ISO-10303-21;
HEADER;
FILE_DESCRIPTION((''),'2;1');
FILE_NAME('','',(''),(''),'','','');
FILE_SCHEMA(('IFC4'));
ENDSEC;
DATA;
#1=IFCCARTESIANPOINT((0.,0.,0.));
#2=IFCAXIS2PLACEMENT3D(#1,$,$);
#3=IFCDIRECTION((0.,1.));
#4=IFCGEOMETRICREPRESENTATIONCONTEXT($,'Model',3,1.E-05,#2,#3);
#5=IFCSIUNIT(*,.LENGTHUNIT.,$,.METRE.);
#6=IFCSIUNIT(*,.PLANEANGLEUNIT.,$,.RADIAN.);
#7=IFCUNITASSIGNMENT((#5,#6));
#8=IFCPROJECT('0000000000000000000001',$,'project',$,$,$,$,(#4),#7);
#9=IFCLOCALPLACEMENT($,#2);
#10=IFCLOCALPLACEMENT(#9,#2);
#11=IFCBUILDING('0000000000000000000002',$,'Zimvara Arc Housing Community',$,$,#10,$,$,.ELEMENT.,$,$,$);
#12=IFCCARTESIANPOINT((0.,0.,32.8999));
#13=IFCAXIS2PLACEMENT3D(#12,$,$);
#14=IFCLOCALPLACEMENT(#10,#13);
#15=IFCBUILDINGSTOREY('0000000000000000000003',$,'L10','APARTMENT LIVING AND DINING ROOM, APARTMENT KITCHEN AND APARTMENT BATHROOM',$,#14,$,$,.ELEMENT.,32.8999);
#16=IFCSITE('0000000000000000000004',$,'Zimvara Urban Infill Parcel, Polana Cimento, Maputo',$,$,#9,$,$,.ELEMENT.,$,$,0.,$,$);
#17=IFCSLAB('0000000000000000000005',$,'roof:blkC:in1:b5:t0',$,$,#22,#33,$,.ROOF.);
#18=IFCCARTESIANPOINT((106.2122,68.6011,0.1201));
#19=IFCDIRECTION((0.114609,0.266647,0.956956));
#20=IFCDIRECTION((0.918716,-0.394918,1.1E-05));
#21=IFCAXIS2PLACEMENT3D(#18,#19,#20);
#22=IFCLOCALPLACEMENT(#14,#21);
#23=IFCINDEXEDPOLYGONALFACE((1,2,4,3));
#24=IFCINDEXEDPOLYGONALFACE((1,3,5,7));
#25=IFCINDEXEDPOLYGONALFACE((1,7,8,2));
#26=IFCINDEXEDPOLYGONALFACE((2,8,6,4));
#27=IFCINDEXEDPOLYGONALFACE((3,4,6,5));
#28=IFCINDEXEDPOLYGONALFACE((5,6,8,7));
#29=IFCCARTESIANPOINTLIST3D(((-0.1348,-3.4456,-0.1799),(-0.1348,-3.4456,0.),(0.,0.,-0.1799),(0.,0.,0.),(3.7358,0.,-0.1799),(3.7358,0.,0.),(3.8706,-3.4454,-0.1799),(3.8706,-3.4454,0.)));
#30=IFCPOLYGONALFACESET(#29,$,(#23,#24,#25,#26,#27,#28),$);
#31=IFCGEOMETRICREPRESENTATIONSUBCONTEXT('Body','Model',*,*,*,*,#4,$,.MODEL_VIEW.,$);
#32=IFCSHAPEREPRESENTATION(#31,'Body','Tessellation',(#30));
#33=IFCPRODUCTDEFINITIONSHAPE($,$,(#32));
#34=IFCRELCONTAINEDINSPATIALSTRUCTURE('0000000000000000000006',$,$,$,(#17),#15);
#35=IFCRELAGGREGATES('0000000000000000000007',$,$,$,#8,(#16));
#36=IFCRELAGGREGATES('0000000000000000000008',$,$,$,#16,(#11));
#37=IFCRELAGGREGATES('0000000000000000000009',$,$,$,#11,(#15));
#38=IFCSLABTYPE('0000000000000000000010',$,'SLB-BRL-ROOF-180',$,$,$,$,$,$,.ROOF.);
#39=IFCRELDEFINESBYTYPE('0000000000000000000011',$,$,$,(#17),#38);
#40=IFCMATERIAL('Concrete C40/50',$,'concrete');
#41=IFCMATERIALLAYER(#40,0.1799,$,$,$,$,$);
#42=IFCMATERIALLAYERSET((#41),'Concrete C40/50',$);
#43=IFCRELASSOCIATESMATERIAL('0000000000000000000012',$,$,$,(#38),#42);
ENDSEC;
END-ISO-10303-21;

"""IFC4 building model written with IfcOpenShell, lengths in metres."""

from ifc_helpers import new_model, si_unit, direction, frame, origin, place, context, subcontext, project, spatial, polyline, outline, extrude, material, layer, layer_set, type_object, element, save


model = new_model("IFC4")

# Units and contexts
model_context = context("Model", 3, precision=1e-05, world=origin(), true_north=direction((0.0, 1.0)))
body_context = subcontext(model_context, "Body", "Model", "MODEL_VIEW")
ifc_project = project(units=[si_unit("LENGTHUNIT", "METRE"), si_unit("PLANEANGLEUNIT", "RADIAN")], contexts=[model_context])

# Site, building, storey
site_placement = place(None, origin())
site = spatial("IfcSite", under=ifc_project, at=site_placement, Name="Zimvara Urban Infill Parcel, Polana Cimento, Maputo", CompositionType="ELEMENT", RefElevation=0.0)
building_placement = place(site_placement, origin())
building = spatial("IfcBuilding", under=site, at=building_placement, Name="Zimvara Arc Housing Community", CompositionType="ELEMENT")
storey_placement = place(building_placement, frame((0.0, 0.0, 32.8999)))
storey = spatial("IfcBuildingStorey", under=building, at=storey_placement, Name="L10", Description="APARTMENT LIVING AND DINING ROOM, APARTMENT KITCHEN AND APARTMENT BATHROOM", CompositionType="ELEMENT", Elevation=32.8999)

# Slab
ifc_material_1 = material(Name="Concrete C40/50", Category="concrete")
ifc_layer_1 = layer(ifc_material_1, 0.1799)
ifc_layer_set_1 = layer_set([ifc_layer_1], Name="Concrete C40/50")
slab_type = type_object("IfcSlabType", Name="SLB-BRL-ROOF-180", PredefinedType="ROOF", material=ifc_layer_set_1)
slab_1_placement = place(storey_placement, frame((106.2122, 68.6011, 0.1201), z_axis=(0.114609, 0.266647, 0.956956), x_axis=(0.918716, -0.394918, 0.000011)))
element("IfcSlab", 1, at=slab_1_placement, inside=storey, type_object=slab_type, Name="roof:blkC:in1:b5:t0", PredefinedType="ROOF", context=body_context, shape_type="SweptSolid", body=[
    extrude(outline(polyline([(0.0, 0.0), (3.7358, 0.0), (3.8706, -3.4454), (-0.1348, -3.4456), (0.0, 0.0)])), origin(), (0.0, 0.0, -1.0), 0.1799),
])

save(model, "model.ifc")
